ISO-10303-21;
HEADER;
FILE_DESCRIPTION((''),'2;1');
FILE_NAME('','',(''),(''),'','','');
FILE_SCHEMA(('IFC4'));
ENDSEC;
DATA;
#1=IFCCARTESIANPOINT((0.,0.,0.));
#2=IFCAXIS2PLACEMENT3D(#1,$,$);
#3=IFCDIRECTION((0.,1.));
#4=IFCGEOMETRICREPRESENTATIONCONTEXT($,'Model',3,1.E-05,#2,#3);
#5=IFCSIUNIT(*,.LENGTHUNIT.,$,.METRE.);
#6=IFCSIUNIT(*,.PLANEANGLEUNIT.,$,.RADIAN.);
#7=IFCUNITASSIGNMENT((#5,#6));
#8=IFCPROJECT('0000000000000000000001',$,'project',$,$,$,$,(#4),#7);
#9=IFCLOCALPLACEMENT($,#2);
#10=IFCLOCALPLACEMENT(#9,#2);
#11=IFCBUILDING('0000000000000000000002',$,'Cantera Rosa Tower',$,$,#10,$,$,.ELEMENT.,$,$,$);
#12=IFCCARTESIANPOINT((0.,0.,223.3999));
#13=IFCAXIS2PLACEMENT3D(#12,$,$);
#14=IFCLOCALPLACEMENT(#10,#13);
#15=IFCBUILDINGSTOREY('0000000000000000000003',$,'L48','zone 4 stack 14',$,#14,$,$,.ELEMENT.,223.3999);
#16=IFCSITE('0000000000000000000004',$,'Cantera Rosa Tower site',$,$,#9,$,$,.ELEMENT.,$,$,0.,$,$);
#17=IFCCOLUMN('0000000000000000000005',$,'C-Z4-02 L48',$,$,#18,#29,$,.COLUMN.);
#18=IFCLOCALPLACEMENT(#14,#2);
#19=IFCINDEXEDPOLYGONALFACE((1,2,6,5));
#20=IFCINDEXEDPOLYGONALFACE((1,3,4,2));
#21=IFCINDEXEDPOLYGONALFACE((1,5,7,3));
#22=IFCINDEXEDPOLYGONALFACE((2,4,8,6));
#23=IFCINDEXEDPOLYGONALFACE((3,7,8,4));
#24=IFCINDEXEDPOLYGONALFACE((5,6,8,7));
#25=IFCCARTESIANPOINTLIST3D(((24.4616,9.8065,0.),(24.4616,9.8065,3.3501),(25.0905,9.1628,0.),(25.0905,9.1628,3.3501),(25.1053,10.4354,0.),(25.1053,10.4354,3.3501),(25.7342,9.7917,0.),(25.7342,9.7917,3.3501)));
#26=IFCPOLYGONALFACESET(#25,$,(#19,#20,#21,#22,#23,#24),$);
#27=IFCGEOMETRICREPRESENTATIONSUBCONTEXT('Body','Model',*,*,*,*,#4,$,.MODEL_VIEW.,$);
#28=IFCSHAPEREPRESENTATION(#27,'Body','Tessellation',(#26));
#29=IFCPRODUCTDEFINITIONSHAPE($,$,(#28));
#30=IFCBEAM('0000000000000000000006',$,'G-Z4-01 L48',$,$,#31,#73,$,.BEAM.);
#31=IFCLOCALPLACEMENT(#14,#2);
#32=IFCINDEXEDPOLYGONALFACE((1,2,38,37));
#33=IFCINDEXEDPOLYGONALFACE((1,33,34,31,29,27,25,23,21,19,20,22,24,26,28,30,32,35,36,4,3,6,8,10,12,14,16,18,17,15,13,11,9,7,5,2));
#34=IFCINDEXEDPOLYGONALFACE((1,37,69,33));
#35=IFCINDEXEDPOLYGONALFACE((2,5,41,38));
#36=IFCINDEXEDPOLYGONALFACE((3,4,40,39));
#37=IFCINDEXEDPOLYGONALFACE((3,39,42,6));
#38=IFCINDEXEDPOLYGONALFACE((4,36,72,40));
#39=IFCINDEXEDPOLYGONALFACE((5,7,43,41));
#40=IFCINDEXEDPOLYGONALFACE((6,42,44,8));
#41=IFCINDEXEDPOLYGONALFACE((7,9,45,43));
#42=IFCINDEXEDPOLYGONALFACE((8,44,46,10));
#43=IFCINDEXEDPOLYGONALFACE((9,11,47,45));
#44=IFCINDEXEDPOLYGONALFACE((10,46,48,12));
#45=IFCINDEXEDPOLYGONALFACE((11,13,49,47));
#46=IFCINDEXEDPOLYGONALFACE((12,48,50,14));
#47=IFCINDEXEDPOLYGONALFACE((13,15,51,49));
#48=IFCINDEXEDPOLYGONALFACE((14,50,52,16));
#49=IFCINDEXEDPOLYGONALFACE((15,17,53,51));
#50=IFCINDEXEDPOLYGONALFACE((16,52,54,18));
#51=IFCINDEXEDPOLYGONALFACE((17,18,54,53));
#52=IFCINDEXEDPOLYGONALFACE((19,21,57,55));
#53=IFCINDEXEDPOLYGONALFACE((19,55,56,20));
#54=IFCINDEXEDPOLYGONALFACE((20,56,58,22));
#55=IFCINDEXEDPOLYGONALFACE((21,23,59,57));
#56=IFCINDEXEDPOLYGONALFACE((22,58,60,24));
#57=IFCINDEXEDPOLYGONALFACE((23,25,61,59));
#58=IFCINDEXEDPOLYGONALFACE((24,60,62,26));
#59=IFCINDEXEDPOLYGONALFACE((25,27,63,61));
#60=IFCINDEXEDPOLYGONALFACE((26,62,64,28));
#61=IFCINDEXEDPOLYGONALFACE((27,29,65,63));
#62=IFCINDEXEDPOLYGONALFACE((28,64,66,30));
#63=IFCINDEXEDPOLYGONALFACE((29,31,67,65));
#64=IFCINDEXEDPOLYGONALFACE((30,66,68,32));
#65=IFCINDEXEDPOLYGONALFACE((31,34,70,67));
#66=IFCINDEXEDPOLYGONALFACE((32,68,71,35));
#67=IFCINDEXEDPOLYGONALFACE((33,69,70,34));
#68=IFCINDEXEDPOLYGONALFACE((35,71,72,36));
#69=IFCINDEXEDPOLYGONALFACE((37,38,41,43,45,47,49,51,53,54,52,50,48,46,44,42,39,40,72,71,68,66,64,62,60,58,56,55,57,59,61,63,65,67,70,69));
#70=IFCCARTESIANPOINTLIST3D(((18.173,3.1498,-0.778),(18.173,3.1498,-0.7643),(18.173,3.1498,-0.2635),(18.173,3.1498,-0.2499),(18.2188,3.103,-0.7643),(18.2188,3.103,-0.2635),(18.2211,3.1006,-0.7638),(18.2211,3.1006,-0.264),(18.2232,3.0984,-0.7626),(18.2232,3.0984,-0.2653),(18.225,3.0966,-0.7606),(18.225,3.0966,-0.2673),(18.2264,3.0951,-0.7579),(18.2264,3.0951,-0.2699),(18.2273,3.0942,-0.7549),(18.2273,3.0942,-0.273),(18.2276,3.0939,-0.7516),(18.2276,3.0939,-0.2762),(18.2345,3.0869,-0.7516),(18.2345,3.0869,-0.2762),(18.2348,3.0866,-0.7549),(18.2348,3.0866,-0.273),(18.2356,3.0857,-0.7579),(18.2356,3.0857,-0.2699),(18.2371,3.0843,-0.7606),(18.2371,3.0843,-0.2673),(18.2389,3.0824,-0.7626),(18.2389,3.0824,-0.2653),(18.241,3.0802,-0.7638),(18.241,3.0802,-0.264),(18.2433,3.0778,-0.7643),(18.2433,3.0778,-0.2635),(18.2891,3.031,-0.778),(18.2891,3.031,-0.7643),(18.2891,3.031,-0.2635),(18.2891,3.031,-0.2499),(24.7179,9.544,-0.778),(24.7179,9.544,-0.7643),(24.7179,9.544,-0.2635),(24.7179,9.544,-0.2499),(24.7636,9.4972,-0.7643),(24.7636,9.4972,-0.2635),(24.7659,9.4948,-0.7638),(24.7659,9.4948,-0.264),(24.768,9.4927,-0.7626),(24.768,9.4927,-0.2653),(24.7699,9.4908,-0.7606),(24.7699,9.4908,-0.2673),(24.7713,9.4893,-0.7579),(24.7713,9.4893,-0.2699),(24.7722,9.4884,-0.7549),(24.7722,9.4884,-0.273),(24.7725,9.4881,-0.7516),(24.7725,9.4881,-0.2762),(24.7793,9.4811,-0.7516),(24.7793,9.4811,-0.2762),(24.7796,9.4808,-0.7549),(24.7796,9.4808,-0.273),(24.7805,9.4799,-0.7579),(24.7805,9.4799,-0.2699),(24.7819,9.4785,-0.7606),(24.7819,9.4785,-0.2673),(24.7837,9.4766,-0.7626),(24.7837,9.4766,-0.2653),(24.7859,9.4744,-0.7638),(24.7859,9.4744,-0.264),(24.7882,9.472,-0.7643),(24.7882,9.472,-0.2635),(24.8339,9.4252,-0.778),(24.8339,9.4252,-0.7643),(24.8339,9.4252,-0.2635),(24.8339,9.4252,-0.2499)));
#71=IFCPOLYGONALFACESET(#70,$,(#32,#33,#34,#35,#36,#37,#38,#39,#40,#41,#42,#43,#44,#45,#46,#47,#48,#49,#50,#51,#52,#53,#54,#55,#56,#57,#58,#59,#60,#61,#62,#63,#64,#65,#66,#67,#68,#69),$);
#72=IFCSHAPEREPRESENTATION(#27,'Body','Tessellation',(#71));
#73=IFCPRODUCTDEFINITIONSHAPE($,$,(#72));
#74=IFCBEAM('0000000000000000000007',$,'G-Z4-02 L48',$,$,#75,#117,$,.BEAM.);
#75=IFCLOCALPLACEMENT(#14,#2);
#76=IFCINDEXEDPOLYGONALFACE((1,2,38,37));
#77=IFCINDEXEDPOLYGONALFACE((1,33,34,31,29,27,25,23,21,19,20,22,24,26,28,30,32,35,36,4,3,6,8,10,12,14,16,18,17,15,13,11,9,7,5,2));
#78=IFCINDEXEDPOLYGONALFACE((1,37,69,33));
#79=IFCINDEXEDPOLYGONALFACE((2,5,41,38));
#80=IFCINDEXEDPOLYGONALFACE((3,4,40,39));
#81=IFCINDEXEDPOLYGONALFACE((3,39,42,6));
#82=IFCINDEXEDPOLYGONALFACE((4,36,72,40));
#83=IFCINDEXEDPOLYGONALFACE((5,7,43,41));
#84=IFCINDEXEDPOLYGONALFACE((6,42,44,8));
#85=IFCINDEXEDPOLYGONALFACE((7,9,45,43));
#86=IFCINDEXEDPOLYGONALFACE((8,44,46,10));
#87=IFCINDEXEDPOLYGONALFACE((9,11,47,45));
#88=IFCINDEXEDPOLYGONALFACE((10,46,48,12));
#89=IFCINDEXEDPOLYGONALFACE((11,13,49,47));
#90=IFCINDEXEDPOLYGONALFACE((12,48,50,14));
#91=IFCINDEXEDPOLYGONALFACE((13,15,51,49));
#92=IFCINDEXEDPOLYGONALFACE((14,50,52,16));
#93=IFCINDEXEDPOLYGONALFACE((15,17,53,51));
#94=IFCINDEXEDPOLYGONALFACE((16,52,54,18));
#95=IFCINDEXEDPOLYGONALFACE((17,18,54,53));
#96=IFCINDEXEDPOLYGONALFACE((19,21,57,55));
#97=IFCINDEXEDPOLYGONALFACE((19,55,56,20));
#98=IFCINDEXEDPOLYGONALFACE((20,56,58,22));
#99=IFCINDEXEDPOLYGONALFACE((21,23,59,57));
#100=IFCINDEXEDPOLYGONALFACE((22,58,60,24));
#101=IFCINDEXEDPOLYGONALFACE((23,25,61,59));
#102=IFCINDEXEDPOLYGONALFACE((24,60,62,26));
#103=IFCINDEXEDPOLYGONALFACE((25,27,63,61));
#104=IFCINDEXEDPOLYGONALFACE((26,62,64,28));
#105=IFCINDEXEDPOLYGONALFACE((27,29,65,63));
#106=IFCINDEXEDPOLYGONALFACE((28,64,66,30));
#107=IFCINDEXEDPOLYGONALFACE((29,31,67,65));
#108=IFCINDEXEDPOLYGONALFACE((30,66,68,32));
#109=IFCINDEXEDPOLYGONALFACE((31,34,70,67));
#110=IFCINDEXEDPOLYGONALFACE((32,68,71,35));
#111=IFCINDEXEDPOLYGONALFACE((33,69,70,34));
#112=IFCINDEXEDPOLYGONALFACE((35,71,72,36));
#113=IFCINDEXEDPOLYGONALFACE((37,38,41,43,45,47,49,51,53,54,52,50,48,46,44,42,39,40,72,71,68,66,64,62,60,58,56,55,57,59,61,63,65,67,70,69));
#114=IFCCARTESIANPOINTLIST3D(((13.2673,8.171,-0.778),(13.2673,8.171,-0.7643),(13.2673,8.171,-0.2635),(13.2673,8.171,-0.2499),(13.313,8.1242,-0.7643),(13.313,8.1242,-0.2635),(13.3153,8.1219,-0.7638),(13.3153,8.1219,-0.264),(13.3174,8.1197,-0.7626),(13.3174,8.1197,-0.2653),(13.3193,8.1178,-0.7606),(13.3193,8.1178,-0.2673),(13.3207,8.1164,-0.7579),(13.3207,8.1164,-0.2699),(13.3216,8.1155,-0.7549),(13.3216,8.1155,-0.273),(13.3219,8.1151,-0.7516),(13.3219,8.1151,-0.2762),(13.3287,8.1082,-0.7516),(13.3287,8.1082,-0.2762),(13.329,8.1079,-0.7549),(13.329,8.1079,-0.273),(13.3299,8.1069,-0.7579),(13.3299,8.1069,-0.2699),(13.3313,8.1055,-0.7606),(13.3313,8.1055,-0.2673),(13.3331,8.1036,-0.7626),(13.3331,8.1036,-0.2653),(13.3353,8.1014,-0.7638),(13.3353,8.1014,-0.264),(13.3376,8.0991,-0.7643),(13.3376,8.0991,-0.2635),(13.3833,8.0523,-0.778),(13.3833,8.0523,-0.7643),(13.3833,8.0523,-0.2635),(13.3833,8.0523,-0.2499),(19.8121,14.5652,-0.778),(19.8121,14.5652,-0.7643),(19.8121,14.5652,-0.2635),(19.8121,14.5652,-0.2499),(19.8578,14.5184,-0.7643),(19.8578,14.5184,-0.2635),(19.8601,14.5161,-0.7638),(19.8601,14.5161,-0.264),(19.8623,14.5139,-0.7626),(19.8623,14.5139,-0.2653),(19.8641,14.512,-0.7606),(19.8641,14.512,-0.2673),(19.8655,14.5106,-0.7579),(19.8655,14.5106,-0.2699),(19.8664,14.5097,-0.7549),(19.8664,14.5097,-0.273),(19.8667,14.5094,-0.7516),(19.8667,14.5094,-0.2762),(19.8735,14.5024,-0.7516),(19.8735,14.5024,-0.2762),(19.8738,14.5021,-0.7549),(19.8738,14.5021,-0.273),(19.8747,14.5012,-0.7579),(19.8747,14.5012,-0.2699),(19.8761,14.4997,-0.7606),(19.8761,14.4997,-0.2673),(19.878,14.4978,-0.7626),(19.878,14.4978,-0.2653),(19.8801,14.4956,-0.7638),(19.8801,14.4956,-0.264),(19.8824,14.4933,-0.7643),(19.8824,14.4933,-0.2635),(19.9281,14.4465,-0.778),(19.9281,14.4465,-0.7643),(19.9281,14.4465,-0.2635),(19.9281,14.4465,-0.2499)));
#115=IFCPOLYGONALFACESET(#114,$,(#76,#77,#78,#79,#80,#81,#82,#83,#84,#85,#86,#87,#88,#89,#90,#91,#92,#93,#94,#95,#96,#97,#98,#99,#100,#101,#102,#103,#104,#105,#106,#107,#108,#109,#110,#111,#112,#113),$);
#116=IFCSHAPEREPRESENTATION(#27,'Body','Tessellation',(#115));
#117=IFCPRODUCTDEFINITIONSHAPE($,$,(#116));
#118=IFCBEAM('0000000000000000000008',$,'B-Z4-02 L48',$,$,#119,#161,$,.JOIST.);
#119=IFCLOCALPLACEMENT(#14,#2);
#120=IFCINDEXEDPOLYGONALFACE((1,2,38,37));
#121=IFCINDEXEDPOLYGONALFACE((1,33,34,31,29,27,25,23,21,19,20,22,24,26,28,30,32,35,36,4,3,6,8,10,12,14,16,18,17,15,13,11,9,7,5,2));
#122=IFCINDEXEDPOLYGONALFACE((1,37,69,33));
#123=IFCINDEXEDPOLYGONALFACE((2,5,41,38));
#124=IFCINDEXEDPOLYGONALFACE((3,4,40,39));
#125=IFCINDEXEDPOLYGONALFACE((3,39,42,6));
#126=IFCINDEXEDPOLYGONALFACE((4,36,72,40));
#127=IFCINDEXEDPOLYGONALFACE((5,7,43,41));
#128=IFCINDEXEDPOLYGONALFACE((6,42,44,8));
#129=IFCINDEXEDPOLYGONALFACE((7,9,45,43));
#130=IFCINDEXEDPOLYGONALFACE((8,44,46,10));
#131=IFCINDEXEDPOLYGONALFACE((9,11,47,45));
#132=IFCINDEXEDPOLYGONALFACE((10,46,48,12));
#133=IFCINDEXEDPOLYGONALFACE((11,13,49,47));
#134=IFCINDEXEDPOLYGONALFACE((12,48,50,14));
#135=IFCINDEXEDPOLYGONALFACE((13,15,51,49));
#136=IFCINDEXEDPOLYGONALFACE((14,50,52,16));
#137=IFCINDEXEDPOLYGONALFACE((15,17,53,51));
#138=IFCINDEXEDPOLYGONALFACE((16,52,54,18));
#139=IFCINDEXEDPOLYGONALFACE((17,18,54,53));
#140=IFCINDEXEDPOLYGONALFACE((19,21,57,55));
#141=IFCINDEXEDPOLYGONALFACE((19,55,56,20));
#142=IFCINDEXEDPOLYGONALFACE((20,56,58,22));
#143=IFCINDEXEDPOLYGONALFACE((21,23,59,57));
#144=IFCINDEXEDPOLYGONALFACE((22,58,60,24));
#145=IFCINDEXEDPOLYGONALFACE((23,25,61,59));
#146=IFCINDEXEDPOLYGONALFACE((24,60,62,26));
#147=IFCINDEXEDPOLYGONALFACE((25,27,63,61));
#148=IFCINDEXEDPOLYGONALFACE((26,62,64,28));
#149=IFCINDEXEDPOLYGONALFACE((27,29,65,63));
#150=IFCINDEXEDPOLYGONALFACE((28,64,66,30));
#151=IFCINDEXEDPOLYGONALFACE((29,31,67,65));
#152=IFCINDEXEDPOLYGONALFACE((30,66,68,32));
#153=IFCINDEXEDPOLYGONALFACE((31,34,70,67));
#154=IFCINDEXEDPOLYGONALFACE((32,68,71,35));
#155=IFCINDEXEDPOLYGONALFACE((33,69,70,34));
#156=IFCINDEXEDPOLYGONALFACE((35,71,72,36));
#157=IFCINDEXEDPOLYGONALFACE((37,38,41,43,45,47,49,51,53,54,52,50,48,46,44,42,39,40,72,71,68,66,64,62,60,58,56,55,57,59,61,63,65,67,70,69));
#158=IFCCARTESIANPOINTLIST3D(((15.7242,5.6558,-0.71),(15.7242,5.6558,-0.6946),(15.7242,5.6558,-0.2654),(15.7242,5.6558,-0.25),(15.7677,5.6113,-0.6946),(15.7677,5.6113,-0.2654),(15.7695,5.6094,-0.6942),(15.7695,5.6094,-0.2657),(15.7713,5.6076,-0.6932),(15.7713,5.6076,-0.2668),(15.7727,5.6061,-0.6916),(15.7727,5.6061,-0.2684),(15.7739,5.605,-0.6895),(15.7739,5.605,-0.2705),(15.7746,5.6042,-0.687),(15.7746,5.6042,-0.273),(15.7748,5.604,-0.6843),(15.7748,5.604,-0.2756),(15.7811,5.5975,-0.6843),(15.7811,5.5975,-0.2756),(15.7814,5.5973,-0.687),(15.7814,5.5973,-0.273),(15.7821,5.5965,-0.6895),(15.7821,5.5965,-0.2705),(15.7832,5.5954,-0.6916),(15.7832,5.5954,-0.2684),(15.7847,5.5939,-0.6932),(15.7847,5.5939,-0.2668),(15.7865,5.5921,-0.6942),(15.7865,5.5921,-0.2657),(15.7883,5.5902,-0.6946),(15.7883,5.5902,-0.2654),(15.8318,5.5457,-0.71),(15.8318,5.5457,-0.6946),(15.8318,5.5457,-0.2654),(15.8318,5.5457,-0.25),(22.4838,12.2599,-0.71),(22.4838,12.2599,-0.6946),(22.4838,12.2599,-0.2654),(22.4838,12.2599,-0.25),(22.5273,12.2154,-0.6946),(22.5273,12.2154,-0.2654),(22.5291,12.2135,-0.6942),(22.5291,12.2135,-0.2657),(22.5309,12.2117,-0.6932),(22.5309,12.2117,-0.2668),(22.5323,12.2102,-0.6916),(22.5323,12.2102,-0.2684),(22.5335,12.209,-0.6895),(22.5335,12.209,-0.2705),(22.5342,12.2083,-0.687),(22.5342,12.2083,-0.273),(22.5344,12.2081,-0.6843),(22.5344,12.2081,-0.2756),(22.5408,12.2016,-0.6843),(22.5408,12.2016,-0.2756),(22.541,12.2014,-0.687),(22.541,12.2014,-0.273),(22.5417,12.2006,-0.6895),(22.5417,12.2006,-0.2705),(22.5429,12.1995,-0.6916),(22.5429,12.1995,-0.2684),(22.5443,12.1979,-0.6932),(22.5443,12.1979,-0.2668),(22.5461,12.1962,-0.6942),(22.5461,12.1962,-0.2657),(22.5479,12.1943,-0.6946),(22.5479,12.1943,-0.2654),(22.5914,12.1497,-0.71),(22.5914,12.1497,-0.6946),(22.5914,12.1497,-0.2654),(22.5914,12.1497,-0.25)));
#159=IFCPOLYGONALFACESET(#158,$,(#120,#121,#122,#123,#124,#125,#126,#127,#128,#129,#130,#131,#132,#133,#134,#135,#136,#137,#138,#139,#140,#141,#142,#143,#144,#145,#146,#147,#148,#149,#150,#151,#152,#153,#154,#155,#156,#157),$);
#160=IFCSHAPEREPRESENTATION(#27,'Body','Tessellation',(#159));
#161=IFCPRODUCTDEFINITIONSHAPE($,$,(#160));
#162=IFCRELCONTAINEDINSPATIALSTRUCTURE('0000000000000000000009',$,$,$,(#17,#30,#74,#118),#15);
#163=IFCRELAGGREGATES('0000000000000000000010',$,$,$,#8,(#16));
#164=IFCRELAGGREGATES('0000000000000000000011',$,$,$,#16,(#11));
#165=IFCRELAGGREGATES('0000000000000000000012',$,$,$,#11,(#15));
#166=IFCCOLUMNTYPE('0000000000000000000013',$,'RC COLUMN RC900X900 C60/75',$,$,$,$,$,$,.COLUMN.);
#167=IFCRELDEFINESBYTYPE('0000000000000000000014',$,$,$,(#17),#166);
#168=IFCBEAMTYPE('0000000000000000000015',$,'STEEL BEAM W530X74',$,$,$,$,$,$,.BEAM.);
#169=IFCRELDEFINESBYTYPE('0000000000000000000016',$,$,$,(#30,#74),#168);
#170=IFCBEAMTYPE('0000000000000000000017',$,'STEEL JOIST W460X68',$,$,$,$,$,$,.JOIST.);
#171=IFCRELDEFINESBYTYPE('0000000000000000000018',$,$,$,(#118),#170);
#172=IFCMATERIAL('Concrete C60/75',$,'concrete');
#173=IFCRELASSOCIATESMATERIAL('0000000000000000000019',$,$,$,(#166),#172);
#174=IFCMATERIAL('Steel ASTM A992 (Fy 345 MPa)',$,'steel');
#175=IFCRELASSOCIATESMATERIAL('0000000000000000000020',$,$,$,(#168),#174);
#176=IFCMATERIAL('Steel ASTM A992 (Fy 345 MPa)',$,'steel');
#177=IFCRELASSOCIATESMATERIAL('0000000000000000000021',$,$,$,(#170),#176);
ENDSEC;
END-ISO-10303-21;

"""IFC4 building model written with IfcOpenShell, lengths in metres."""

from ifc_helpers import new_model, si_unit, direction, frame, origin, origin_2d, place, context, subcontext, project, spatial, rectangle, i_section, extrude, material, material_profile, profile_set, type_object, element, save


model = new_model("IFC4")

# Units and contexts
model_context = context("Model", 3, precision=1e-05, world=origin(), true_north=direction((0.0, 1.0)))
body_context = subcontext(model_context, "Body", "Model", "MODEL_VIEW")
ifc_project = project(units=[si_unit("LENGTHUNIT", "METRE"), si_unit("PLANEANGLEUNIT", "RADIAN")], contexts=[model_context])

# Site, building, storey
site_placement = place(None, origin())
site = spatial("IfcSite", under=ifc_project, at=site_placement, Name="Cantera Rosa Tower site", CompositionType="ELEMENT", RefElevation=0.0)
building_placement = place(site_placement, origin())
building = spatial("IfcBuilding", under=site, at=building_placement, Name="Cantera Rosa Tower", CompositionType="ELEMENT")
storey_placement = place(building_placement, frame((0.0, 0.0, 223.3999)))
storey = spatial("IfcBuildingStorey", under=building, at=storey_placement, Name="L48", Description="zone 4 stack 14", CompositionType="ELEMENT", Elevation=223.3999)

# Column
ifc_material_1 = material(Name="Concrete C60/75", Category="concrete")
ifc_material_profile_1 = material_profile(ifc_material_1, rectangle(XDim=0.8999, YDim=0.8999, at=origin_2d()), Name="RC COLUMN RC900X900 C60/75")
ifc_profile_set_1 = profile_set([ifc_material_profile_1], Name="Concrete C60/75")
column_type = type_object("IfcColumnType", Name="RC COLUMN RC900X900 C60/75", PredefinedType="COLUMN", material=ifc_profile_set_1)
column_placement = place(storey_placement, frame((25.0979, 9.7991, 0.0), z_axis=(0.0, 0.0, 1.0), x_axis=(0.715286, 0.698832, 0.0)))
element("IfcColumn", 1, at=column_placement, inside=storey, type_object=column_type, Name="C-Z4-02 L48", PredefinedType="COLUMN", context=body_context, shape_type="SweptSolid", body=[
    extrude(rectangle(XDim=0.8999, YDim=0.8999, at=origin_2d()), origin(), (0.0, 0.0, 1.0), 3.3501),
])

# Beams
ifc_material_2 = material(Name="Steel ASTM A992 (Fy 345 MPa)", Category="steel")
ifc_material_profile_2 = material_profile(ifc_material_2, i_section(OverallWidth=0.166, OverallDepth=0.5281, WebThickness=0.0098, FlangeThickness=0.0137, FilletRadius=0.0127, at=origin_2d()), Name="W530X74")
ifc_profile_set_2 = profile_set([ifc_material_profile_2], Name="Steel ASTM A992 (Fy 345 MPa)")
beam_type_1 = type_object("IfcBeamType", Name="STEEL BEAM W530X74", PredefinedType="BEAM", material=ifc_profile_set_2)
for number, where, z_axis, x_axis, name in (
    (2, (24.7759, 9.4846, -0.5139), (-0.71529, -0.698827, 0.0), (0.698827, -0.71529, 0.0), "G-Z4-01 L48"),
    (3, (19.8701, 14.5059, -0.5139), (-0.71529, -0.698827, 0.0), (0.698827, -0.71529, 0.0), "G-Z4-02 L48"),
):
    element("IfcBeam", number, at=place(storey_placement, frame(where, z_axis=z_axis, x_axis=x_axis)), inside=storey, type_object=beam_type_1, Name=name, PredefinedType="BEAM", context=body_context, shape_type="SweptSolid", body=[
        extrude(i_section(OverallWidth=0.166, OverallDepth=0.5281, WebThickness=0.0098, FlangeThickness=0.0137, FilletRadius=0.0127, at=origin_2d()), origin(), (0.0, 0.0, 1.0), 9.1499),
    ])
ifc_material_3 = material(Name="Steel ASTM A992 (Fy 345 MPa)", Category="steel")
ifc_material_profile_3 = material_profile(ifc_material_3, i_section(OverallWidth=0.1541, OverallDepth=0.46, WebThickness=0.009, FlangeThickness=0.0154, FilletRadius=0.0103, at=origin_2d()), Name="W460X68")
ifc_profile_set_3 = profile_set([ifc_material_profile_3], Name="Steel ASTM A992 (Fy 345 MPa)")
beam_type_2 = type_object("IfcBeamType", Name="STEEL JOIST W460X68", PredefinedType="JOIST", material=ifc_profile_set_3)
beam_1_placement = place(storey_placement, frame((22.5376, 12.2048, -0.48), z_axis=(-0.715287, -0.698831, 0.0), x_axis=(0.698831, -0.715287, 0.0)))
element("IfcBeam", 4, at=beam_1_placement, inside=storey, type_object=beam_type_2, Name="B-Z4-02 L48", PredefinedType="JOIST", context=body_context, shape_type="SweptSolid", body=[
    extrude(i_section(OverallWidth=0.1541, OverallDepth=0.46, WebThickness=0.009, FlangeThickness=0.0154, FilletRadius=0.0103, at=origin_2d()), origin(), (0.0, 0.0, 1.0), 9.4502),
])

save(model, "model.ifc")
